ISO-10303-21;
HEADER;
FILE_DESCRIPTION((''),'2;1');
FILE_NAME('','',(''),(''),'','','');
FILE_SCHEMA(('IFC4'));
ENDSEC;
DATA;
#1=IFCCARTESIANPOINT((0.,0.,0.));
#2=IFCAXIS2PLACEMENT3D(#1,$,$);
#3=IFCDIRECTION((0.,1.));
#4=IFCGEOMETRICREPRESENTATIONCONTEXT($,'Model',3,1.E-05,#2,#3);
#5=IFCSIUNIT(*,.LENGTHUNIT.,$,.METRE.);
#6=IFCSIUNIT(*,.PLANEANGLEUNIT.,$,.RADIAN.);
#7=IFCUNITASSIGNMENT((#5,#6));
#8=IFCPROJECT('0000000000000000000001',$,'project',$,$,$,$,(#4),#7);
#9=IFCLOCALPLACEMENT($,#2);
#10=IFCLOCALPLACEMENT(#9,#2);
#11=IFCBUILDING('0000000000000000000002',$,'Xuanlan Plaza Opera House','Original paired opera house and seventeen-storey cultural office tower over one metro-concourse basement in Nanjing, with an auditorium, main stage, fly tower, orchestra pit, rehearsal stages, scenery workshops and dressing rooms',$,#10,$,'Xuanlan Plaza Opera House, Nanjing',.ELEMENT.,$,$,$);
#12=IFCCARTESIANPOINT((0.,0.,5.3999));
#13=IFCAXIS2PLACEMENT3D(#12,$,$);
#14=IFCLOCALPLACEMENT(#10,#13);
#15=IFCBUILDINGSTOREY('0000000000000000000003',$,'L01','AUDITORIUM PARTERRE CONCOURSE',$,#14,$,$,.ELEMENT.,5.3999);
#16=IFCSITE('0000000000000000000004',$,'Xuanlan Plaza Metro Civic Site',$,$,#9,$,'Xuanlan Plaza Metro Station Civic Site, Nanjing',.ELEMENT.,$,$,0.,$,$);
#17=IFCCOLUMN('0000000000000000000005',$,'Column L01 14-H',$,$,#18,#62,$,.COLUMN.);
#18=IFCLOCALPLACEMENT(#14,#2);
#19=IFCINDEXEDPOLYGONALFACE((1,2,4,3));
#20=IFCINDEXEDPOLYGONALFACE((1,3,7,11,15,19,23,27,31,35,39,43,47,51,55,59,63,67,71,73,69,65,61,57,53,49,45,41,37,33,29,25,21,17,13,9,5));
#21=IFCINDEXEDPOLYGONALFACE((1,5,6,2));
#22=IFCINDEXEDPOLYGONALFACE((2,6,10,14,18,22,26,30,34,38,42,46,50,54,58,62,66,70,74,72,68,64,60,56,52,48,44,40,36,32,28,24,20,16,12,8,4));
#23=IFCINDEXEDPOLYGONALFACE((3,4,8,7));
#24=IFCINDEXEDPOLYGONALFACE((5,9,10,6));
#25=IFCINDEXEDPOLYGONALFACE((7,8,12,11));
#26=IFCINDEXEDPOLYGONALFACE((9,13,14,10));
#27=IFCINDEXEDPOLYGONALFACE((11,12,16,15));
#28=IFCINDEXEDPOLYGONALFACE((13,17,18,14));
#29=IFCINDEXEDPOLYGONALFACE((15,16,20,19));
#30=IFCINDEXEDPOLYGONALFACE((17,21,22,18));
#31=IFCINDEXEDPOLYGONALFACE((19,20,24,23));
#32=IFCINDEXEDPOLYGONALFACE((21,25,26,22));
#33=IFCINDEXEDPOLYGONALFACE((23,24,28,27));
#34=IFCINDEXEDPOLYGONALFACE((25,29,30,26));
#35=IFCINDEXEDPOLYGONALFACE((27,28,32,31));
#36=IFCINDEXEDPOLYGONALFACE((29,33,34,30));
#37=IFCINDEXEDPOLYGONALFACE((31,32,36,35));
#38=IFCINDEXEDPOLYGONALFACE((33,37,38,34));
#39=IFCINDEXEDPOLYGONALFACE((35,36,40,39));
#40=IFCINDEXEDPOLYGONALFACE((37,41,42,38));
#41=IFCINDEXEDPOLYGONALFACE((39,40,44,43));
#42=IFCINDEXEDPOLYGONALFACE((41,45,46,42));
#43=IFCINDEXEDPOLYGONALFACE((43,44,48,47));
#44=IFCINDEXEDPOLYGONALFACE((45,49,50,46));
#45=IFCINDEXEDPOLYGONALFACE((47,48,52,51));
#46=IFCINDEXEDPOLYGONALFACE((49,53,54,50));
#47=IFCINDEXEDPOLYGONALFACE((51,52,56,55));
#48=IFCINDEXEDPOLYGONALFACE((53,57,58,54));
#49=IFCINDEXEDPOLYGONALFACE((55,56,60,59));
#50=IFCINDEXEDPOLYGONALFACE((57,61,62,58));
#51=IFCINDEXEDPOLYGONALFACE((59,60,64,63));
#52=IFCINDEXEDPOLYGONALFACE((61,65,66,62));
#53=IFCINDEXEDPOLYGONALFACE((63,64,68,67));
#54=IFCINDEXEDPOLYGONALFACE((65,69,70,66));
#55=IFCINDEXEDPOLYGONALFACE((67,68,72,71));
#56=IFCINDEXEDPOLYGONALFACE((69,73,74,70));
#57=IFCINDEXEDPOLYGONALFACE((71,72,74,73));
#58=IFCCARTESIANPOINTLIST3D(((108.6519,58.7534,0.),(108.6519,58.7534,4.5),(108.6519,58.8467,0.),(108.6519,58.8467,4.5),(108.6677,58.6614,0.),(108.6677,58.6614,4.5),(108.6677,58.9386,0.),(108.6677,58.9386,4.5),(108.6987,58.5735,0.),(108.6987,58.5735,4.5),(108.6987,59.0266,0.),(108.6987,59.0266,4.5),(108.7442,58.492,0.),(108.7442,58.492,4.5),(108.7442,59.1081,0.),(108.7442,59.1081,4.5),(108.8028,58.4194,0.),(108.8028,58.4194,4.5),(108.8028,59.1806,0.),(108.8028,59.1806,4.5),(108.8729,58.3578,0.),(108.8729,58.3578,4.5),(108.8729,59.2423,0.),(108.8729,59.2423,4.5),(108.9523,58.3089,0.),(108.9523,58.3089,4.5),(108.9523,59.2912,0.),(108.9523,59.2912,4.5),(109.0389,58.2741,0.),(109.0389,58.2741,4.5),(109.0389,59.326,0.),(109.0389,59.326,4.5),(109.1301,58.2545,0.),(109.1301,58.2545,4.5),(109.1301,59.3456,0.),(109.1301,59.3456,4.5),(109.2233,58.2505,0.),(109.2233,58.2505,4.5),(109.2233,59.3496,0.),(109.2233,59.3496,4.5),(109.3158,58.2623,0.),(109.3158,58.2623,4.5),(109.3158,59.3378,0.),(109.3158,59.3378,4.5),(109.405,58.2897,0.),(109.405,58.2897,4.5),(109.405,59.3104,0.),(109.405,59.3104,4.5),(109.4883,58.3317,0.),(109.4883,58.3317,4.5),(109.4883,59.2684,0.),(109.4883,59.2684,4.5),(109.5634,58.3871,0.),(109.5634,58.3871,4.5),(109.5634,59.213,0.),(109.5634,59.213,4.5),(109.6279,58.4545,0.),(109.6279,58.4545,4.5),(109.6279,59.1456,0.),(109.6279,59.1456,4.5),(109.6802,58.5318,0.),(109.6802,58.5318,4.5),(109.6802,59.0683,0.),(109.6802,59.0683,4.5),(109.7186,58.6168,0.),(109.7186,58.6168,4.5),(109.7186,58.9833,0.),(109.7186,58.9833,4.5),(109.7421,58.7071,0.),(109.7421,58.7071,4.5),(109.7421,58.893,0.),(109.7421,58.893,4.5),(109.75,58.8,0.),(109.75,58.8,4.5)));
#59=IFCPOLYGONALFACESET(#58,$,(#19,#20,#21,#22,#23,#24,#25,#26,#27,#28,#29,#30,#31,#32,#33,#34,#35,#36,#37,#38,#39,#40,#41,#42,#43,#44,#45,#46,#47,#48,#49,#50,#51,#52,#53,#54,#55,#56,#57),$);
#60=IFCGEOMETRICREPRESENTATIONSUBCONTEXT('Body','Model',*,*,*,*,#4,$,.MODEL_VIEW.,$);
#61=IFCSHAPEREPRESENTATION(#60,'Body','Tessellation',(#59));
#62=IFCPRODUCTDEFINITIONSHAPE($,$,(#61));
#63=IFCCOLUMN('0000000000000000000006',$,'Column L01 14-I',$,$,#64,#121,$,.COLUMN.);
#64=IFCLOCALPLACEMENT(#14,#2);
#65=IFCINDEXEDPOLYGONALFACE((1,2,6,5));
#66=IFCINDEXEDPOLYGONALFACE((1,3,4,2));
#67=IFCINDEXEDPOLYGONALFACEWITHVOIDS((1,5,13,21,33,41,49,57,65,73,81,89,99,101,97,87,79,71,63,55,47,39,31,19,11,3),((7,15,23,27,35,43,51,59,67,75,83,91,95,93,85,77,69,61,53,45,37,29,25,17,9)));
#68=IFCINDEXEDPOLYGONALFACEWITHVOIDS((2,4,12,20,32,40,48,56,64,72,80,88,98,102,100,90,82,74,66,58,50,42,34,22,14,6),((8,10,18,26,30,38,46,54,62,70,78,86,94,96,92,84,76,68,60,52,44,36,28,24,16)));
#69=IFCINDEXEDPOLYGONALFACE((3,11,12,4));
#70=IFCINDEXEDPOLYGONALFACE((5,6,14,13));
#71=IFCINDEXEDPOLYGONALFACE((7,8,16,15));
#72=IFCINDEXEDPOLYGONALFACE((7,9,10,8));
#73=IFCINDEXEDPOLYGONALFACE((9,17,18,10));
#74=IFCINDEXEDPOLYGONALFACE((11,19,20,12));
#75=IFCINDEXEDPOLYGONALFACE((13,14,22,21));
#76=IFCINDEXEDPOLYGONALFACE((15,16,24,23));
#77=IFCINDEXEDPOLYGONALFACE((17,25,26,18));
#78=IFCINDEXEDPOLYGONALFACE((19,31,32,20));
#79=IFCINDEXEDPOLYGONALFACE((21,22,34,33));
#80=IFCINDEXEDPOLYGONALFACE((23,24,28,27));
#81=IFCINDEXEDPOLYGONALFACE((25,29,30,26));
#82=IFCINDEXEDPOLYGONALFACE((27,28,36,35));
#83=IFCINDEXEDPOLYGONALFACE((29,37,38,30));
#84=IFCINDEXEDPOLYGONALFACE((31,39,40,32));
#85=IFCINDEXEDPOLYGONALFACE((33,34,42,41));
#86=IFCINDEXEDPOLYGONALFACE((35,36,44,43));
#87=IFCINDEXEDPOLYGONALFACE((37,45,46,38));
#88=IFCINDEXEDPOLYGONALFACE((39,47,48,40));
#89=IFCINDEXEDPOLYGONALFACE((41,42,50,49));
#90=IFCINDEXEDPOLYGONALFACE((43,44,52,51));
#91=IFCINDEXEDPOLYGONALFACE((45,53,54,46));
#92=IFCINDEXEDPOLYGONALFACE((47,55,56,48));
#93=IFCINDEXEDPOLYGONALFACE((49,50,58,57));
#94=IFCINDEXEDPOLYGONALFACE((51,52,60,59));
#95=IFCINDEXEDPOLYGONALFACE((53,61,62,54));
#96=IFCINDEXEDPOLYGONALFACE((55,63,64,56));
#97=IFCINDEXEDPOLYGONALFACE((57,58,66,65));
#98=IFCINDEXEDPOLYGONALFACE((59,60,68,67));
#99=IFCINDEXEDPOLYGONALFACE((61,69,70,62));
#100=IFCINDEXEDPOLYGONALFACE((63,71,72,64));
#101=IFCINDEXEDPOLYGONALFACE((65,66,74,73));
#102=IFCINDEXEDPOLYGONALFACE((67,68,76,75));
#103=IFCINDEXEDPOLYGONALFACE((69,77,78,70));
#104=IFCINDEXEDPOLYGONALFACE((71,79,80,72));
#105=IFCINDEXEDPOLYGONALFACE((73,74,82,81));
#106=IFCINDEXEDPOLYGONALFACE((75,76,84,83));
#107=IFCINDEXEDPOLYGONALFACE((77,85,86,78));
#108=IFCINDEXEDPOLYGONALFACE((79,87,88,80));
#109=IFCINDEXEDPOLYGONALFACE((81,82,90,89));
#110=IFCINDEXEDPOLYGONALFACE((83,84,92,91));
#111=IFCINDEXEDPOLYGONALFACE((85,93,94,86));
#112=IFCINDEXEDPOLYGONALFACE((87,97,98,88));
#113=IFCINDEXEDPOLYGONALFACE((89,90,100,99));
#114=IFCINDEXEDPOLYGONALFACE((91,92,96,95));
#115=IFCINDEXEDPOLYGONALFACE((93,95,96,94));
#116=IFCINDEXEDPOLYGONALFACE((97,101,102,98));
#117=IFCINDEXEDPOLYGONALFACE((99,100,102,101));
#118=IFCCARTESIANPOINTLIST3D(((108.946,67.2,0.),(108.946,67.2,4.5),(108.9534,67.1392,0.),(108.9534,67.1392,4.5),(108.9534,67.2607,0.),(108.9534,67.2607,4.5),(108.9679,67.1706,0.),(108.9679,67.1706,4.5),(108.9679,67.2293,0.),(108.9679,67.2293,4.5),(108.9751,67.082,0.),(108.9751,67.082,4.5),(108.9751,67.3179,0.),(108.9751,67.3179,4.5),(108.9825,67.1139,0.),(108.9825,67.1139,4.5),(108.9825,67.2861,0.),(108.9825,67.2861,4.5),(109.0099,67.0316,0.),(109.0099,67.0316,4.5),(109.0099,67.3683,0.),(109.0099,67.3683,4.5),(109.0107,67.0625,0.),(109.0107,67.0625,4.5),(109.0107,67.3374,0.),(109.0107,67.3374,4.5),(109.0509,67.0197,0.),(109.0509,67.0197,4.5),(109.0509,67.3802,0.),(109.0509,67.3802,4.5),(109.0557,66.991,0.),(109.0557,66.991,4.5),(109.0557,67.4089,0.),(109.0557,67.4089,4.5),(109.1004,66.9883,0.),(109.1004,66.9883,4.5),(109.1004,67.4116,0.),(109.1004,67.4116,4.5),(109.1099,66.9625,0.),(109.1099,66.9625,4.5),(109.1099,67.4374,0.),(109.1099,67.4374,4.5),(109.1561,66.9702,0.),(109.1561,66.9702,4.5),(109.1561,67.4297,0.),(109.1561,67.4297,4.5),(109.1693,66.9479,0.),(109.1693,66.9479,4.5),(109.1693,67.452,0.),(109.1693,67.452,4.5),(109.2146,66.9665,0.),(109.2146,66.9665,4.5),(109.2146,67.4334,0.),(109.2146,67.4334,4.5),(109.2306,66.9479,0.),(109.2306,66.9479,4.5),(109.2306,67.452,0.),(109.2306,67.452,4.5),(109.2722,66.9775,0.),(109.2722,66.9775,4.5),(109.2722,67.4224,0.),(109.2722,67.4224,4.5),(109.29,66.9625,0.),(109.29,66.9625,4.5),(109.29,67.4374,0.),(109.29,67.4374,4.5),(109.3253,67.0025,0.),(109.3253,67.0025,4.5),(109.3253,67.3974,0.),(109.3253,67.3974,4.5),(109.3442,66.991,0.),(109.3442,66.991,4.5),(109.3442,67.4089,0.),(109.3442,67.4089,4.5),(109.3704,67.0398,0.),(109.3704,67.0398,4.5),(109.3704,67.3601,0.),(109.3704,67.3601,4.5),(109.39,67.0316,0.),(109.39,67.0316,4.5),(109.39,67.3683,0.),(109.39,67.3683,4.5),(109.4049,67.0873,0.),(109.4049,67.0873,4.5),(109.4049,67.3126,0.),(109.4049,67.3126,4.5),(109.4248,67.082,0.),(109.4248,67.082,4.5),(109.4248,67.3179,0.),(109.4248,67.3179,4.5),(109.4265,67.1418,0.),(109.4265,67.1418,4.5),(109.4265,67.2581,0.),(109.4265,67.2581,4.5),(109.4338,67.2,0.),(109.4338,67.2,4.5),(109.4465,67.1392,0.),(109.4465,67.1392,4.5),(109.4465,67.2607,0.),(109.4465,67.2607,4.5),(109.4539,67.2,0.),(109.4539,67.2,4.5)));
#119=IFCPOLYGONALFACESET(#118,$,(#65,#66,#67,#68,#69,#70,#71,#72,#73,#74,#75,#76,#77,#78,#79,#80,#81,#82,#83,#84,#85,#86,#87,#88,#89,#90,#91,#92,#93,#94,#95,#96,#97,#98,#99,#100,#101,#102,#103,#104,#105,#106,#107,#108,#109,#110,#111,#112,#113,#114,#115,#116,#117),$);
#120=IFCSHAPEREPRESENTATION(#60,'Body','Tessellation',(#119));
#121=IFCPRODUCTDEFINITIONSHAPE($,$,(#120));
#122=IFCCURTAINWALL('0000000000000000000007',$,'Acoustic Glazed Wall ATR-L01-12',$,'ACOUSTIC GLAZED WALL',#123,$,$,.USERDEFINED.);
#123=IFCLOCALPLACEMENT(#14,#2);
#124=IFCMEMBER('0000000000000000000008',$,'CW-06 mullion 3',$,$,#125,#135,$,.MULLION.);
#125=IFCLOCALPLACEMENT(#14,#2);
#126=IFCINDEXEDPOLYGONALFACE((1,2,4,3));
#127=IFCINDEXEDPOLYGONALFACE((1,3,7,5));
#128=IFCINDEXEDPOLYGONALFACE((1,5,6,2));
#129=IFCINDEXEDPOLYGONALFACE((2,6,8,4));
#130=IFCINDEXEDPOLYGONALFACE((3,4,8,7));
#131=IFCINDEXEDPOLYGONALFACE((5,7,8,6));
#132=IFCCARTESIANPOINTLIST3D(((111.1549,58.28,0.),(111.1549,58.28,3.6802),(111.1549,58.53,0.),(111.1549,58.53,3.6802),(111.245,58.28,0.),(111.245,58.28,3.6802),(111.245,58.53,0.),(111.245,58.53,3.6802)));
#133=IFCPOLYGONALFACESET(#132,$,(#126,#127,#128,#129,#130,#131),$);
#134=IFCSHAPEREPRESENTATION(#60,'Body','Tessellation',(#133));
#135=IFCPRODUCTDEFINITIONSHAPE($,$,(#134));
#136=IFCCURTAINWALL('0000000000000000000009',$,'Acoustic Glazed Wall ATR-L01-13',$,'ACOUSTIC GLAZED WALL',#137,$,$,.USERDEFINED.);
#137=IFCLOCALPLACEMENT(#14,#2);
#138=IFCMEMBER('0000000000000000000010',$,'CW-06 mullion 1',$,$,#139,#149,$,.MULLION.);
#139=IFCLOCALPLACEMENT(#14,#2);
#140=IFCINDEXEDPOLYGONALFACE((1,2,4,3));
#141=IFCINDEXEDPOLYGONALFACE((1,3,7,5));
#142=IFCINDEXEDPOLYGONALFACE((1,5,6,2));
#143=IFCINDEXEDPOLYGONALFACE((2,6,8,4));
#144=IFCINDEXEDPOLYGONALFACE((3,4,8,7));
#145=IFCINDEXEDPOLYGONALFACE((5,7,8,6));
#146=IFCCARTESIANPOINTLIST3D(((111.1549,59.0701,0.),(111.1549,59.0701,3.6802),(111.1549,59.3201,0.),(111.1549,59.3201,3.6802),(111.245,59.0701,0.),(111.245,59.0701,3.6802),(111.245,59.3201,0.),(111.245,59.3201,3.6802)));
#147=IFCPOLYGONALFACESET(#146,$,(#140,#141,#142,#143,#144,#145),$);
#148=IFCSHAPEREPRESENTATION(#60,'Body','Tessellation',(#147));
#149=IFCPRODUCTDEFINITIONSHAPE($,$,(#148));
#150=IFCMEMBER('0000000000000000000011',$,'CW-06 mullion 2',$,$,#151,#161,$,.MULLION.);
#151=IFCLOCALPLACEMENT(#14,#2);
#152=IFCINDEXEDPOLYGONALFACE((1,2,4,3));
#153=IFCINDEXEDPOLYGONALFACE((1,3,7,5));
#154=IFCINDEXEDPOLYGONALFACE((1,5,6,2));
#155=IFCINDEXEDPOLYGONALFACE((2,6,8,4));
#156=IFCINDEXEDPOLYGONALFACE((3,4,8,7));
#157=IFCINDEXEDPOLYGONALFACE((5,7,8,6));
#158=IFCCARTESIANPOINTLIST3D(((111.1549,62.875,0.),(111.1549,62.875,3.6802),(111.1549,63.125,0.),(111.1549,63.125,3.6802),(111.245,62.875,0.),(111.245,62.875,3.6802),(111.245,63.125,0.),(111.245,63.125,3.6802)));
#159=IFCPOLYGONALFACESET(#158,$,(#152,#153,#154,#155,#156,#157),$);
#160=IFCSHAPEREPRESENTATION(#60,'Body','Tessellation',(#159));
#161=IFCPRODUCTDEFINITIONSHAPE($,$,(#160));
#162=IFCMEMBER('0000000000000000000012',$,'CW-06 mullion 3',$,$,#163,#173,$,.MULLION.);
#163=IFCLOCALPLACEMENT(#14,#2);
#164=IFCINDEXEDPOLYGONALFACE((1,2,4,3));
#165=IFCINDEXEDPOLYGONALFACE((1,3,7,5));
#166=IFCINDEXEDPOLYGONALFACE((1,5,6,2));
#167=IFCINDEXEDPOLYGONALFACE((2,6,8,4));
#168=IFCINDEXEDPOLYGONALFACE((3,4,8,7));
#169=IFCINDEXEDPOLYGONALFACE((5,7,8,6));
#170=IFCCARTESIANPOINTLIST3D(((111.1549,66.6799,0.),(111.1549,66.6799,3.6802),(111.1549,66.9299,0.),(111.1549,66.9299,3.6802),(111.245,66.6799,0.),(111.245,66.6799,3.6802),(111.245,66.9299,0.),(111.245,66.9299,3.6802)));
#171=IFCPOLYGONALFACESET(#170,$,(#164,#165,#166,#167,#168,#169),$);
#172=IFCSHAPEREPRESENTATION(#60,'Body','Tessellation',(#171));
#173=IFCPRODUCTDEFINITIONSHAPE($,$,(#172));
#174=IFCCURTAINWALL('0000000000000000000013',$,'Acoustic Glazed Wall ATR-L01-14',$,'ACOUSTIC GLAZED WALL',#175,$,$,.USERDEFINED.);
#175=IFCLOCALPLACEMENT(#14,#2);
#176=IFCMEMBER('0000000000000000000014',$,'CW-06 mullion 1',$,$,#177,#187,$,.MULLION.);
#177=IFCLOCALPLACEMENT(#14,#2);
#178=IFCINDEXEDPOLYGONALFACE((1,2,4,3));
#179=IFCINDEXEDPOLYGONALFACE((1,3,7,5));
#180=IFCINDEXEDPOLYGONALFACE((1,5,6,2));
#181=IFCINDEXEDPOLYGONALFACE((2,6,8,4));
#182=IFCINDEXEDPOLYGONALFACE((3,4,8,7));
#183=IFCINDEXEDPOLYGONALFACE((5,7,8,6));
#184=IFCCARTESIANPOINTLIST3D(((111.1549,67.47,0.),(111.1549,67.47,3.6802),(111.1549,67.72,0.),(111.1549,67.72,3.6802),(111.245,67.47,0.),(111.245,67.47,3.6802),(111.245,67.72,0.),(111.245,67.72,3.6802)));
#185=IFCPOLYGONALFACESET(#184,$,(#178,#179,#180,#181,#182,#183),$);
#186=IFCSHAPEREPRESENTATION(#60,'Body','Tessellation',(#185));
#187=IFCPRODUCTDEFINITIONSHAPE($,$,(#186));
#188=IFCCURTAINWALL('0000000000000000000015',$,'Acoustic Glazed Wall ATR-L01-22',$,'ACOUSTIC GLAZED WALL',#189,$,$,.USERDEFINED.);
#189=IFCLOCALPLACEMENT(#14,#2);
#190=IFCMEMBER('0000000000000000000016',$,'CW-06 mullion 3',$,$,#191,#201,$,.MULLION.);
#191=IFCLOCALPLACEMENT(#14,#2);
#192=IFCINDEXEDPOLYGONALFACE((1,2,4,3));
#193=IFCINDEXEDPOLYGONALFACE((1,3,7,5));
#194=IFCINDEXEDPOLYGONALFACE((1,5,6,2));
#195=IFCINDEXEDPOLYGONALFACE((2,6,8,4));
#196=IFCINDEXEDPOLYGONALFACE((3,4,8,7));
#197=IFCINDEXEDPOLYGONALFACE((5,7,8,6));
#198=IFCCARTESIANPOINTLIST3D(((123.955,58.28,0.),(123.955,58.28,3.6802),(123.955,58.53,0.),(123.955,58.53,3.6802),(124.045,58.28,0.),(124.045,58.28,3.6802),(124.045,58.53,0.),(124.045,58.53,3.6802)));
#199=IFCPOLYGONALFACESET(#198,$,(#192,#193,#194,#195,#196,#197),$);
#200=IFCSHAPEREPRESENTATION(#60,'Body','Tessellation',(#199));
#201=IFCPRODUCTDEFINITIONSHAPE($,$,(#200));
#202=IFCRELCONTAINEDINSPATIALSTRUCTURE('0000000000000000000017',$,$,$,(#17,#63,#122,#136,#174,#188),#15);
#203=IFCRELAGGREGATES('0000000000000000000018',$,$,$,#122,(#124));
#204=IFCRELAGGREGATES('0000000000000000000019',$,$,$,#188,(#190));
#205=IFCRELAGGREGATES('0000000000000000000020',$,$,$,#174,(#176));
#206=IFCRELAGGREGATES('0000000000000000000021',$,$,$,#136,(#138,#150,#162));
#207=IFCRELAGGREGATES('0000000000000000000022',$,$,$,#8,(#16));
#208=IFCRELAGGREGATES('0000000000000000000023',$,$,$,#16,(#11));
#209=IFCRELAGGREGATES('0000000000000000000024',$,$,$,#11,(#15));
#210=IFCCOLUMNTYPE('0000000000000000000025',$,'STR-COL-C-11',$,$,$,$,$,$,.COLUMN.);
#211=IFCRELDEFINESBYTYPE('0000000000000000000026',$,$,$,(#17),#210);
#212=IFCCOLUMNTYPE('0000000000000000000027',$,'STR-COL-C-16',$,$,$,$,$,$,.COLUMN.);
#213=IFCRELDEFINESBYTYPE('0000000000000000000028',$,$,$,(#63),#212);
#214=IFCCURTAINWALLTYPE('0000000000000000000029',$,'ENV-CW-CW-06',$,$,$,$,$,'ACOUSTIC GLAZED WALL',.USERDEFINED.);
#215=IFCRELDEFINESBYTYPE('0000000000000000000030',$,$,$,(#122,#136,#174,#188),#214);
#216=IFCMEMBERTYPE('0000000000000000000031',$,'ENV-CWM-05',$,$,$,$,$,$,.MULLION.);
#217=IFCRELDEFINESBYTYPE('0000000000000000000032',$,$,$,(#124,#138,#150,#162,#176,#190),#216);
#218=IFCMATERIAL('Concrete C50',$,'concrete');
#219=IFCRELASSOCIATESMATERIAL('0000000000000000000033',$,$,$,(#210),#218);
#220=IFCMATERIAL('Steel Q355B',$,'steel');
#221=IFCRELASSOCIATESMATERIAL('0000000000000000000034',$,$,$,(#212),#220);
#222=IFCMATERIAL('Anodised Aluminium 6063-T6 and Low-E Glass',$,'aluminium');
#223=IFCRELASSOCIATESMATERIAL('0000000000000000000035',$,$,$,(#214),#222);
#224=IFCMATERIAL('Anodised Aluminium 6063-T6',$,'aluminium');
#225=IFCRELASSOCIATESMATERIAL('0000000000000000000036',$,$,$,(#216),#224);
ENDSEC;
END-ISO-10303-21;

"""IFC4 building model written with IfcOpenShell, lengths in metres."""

from ifc_helpers import new_model, si_unit, direction, frame, origin, origin_2d, place, context, subcontext, project, spatial, rectangle, circle, hollow_circle, extrude, material, material_profile, profile_set, type_object, element, aggregate, save


model = new_model("IFC4")

# Units and contexts
model_context = context("Model", 3, precision=1e-05, world=origin(), true_north=direction((0.0, 1.0)))
body_context = subcontext(model_context, "Body", "Model", "MODEL_VIEW")
ifc_project = project(units=[si_unit("LENGTHUNIT", "METRE"), si_unit("PLANEANGLEUNIT", "RADIAN")], contexts=[model_context])

# Site, building, storey
site_placement = place(None, origin())
site = spatial("IfcSite", under=ifc_project, at=site_placement, Name="Xuanlan Plaza Metro Civic Site", LongName="Xuanlan Plaza Metro Station Civic Site, Nanjing", CompositionType="ELEMENT", RefElevation=0.0)
building_placement = place(site_placement, origin())
building = spatial("IfcBuilding", under=site, at=building_placement, Name="Xuanlan Plaza Opera House", Description="Original paired opera house and seventeen-storey cultural office tower over one metro-concourse basement in Nanjing, with an auditorium, main stage, fly tower, orchestra pit, rehearsal stages, scenery workshops and dressing rooms", LongName="Xuanlan Plaza Opera House, Nanjing", CompositionType="ELEMENT")
storey_placement = place(building_placement, frame((0.0, 0.0, 5.3999)))
storey = spatial("IfcBuildingStorey", under=building, at=storey_placement, Name="L01", Description="AUDITORIUM PARTERRE CONCOURSE", CompositionType="ELEMENT", Elevation=5.3999)

# Columns
ifc_material_1 = material(Name="Concrete C50", Category="concrete")
ifc_material_profile_1 = material_profile(ifc_material_1, circle(Radius=0.55, at=origin_2d()), Name="RC-COL D1100")
ifc_profile_set_1 = profile_set([ifc_material_profile_1], Name="Concrete C50")
column_type_1 = type_object("IfcColumnType", Name="STR-COL-C-11", PredefinedType="COLUMN", material=ifc_profile_set_1)
column_1_placement = place(storey_placement, frame((109.2, 58.8, 0.0), z_axis=(0.0, 0.0, 1.0), x_axis=(1.0, 0.0, 0.0)))
element("IfcColumn", 1, at=column_1_placement, inside=storey, type_object=column_type_1, Name="Column L01 14-H", PredefinedType="COLUMN", context=body_context, shape_type="SweptSolid", body=[
    extrude(circle(Radius=0.55, at=origin_2d()), origin(), (0.0, 0.0, 1.0), 4.5),
])
ifc_material_2 = material(Name="Steel Q355B", Category="steel")
ifc_material_profile_2 = material_profile(ifc_material_2, hollow_circle(Radius=0.2539, WallThickness=0.02, at=origin_2d()), Name="CHS 508x20")
ifc_profile_set_2 = profile_set([ifc_material_profile_2], Name="Steel Q355B")
column_type_2 = type_object("IfcColumnType", Name="STR-COL-C-16", PredefinedType="COLUMN", material=ifc_profile_set_2)
column_2_placement = place(storey_placement, frame((109.2, 67.2, 0.0), z_axis=(0.0, 0.0, 1.0), x_axis=(1.0, 0.0, 0.0)))
element("IfcColumn", 2, at=column_2_placement, inside=storey, type_object=column_type_2, Name="Column L01 14-I", PredefinedType="COLUMN", context=body_context, shape_type="SweptSolid", body=[
    extrude(hollow_circle(Radius=0.2539, WallThickness=0.02, at=origin_2d()), origin(), (0.0, 0.0, 1.0), 4.5),
])

# Curtain wall, member
ifc_material_3 = material(Name="Anodised Aluminium 6063-T6 and Low-E Glass", Category="aluminium")
curtain_wall_type = type_object("IfcCurtainWallType", Name="ENV-CW-CW-06", ElementType="ACOUSTIC GLAZED WALL", PredefinedType="USERDEFINED", material=ifc_material_3)
curtain_wall_1_placement = place(storey_placement, origin())
curtain_wall_1 = element("IfcCurtainWall", 3, at=curtain_wall_1_placement, inside=storey, type_object=curtain_wall_type, Name="Acoustic Glazed Wall ATR-L01-12", ObjectType="ACOUSTIC GLAZED WALL", PredefinedType="USERDEFINED")
ifc_material_4 = material(Name="Anodised Aluminium 6063-T6", Category="aluminium")
ifc_material_profile_3 = material_profile(ifc_material_4, rectangle(XDim=0.0901, YDim=0.25, at=origin_2d()), Name="ALU-M 90x250")
ifc_profile_set_3 = profile_set([ifc_material_profile_3], Name="Anodised Aluminium 6063-T6")
member_type_1 = type_object("IfcMemberType", Name="ENV-CWM-05", PredefinedType="MULLION", material=ifc_profile_set_3)
member_1_placement = place(storey_placement, frame((111.2, 58.405, 0.0), z_axis=(0.0, 0.0, 1.0), x_axis=(-1.0, 0.0, 0.0)))
member_1 = element("IfcMember", 4, at=member_1_placement, type_object=member_type_1, Name="CW-06 mullion 3", PredefinedType="MULLION", context=body_context, shape_type="SweptSolid", body=[
    extrude(rectangle(XDim=0.0901, YDim=0.25, at=origin_2d()), origin(), (0.0, 0.0, 1.0), 3.6802),
])
aggregate(curtain_wall_1, [member_1])

# Curtain wall, members
curtain_wall_2_placement = place(storey_placement, origin())
curtain_wall_2 = element("IfcCurtainWall", 5, at=curtain_wall_2_placement, inside=storey, type_object=curtain_wall_type, Name="Acoustic Glazed Wall ATR-L01-13", ObjectType="ACOUSTIC GLAZED WALL", PredefinedType="USERDEFINED")
member_2_placement = place(storey_placement, frame((111.2, 59.1951, 0.0), z_axis=(0.0, 0.0, 1.0), x_axis=(-1.0, 0.0, 0.0)))
member_2 = element("IfcMember", 6, at=member_2_placement, type_object=member_type_1, Name="CW-06 mullion 1", PredefinedType="MULLION", context=body_context, shape_type="SweptSolid", body=[
    extrude(rectangle(XDim=0.0901, YDim=0.25, at=origin_2d()), origin(), (0.0, 0.0, 1.0), 3.6802),
])
member_3_placement = place(storey_placement, frame((111.2, 63.0, 0.0), z_axis=(0.0, 0.0, 1.0), x_axis=(-1.0, 0.0, 0.0)))
member_3 = element("IfcMember", 7, at=member_3_placement, type_object=member_type_1, Name="CW-06 mullion 2", PredefinedType="MULLION", context=body_context, shape_type="SweptSolid", body=[
    extrude(rectangle(XDim=0.0901, YDim=0.25, at=origin_2d()), origin(), (0.0, 0.0, 1.0), 3.6802),
])
member_4_placement = place(storey_placement, frame((111.2, 66.8049, 0.0), z_axis=(0.0, 0.0, 1.0), x_axis=(-1.0, 0.0, 0.0)))
member_4 = element("IfcMember", 8, at=member_4_placement, type_object=member_type_1, Name="CW-06 mullion 3", PredefinedType="MULLION", context=body_context, shape_type="SweptSolid", body=[
    extrude(rectangle(XDim=0.0901, YDim=0.25, at=origin_2d()), origin(), (0.0, 0.0, 1.0), 3.6802),
])

# Curtain walls, members
curtain_wall_3_placement = place(storey_placement, origin())
curtain_wall_3 = element("IfcCurtainWall", 9, at=curtain_wall_3_placement, inside=storey, type_object=curtain_wall_type, Name="Acoustic Glazed Wall ATR-L01-14", ObjectType="ACOUSTIC GLAZED WALL", PredefinedType="USERDEFINED")
member_5_placement = place(storey_placement, frame((111.2, 67.595, 0.0), z_axis=(0.0, 0.0, 1.0), x_axis=(-1.0, 0.0, 0.0)))
member_5 = element("IfcMember", 10, at=member_5_placement, type_object=member_type_1, Name="CW-06 mullion 1", PredefinedType="MULLION", context=body_context, shape_type="SweptSolid", body=[
    extrude(rectangle(XDim=0.0901, YDim=0.25, at=origin_2d()), origin(), (0.0, 0.0, 1.0), 3.6802),
])
curtain_wall_4_placement = place(storey_placement, origin())
curtain_wall_4 = element("IfcCurtainWall", 11, at=curtain_wall_4_placement, inside=storey, type_object=curtain_wall_type, Name="Acoustic Glazed Wall ATR-L01-22", ObjectType="ACOUSTIC GLAZED WALL", PredefinedType="USERDEFINED")
member_6_placement = place(storey_placement, frame((124.0, 58.405, 0.0), z_axis=(0.0, 0.0, 1.0), x_axis=(-1.0, 0.0, 0.0)))
member_6 = element("IfcMember", 12, at=member_6_placement, type_object=member_type_1, Name="CW-06 mullion 3", PredefinedType="MULLION", context=body_context, shape_type="SweptSolid", body=[
    extrude(rectangle(XDim=0.0901, YDim=0.25, at=origin_2d()), origin(), (0.0, 0.0, 1.0), 3.6802),
])
aggregate(curtain_wall_4, [member_6])

aggregate(curtain_wall_3, [member_5])

aggregate(curtain_wall_2, [member_2, member_3, member_4])

save(model, "model.ifc")
